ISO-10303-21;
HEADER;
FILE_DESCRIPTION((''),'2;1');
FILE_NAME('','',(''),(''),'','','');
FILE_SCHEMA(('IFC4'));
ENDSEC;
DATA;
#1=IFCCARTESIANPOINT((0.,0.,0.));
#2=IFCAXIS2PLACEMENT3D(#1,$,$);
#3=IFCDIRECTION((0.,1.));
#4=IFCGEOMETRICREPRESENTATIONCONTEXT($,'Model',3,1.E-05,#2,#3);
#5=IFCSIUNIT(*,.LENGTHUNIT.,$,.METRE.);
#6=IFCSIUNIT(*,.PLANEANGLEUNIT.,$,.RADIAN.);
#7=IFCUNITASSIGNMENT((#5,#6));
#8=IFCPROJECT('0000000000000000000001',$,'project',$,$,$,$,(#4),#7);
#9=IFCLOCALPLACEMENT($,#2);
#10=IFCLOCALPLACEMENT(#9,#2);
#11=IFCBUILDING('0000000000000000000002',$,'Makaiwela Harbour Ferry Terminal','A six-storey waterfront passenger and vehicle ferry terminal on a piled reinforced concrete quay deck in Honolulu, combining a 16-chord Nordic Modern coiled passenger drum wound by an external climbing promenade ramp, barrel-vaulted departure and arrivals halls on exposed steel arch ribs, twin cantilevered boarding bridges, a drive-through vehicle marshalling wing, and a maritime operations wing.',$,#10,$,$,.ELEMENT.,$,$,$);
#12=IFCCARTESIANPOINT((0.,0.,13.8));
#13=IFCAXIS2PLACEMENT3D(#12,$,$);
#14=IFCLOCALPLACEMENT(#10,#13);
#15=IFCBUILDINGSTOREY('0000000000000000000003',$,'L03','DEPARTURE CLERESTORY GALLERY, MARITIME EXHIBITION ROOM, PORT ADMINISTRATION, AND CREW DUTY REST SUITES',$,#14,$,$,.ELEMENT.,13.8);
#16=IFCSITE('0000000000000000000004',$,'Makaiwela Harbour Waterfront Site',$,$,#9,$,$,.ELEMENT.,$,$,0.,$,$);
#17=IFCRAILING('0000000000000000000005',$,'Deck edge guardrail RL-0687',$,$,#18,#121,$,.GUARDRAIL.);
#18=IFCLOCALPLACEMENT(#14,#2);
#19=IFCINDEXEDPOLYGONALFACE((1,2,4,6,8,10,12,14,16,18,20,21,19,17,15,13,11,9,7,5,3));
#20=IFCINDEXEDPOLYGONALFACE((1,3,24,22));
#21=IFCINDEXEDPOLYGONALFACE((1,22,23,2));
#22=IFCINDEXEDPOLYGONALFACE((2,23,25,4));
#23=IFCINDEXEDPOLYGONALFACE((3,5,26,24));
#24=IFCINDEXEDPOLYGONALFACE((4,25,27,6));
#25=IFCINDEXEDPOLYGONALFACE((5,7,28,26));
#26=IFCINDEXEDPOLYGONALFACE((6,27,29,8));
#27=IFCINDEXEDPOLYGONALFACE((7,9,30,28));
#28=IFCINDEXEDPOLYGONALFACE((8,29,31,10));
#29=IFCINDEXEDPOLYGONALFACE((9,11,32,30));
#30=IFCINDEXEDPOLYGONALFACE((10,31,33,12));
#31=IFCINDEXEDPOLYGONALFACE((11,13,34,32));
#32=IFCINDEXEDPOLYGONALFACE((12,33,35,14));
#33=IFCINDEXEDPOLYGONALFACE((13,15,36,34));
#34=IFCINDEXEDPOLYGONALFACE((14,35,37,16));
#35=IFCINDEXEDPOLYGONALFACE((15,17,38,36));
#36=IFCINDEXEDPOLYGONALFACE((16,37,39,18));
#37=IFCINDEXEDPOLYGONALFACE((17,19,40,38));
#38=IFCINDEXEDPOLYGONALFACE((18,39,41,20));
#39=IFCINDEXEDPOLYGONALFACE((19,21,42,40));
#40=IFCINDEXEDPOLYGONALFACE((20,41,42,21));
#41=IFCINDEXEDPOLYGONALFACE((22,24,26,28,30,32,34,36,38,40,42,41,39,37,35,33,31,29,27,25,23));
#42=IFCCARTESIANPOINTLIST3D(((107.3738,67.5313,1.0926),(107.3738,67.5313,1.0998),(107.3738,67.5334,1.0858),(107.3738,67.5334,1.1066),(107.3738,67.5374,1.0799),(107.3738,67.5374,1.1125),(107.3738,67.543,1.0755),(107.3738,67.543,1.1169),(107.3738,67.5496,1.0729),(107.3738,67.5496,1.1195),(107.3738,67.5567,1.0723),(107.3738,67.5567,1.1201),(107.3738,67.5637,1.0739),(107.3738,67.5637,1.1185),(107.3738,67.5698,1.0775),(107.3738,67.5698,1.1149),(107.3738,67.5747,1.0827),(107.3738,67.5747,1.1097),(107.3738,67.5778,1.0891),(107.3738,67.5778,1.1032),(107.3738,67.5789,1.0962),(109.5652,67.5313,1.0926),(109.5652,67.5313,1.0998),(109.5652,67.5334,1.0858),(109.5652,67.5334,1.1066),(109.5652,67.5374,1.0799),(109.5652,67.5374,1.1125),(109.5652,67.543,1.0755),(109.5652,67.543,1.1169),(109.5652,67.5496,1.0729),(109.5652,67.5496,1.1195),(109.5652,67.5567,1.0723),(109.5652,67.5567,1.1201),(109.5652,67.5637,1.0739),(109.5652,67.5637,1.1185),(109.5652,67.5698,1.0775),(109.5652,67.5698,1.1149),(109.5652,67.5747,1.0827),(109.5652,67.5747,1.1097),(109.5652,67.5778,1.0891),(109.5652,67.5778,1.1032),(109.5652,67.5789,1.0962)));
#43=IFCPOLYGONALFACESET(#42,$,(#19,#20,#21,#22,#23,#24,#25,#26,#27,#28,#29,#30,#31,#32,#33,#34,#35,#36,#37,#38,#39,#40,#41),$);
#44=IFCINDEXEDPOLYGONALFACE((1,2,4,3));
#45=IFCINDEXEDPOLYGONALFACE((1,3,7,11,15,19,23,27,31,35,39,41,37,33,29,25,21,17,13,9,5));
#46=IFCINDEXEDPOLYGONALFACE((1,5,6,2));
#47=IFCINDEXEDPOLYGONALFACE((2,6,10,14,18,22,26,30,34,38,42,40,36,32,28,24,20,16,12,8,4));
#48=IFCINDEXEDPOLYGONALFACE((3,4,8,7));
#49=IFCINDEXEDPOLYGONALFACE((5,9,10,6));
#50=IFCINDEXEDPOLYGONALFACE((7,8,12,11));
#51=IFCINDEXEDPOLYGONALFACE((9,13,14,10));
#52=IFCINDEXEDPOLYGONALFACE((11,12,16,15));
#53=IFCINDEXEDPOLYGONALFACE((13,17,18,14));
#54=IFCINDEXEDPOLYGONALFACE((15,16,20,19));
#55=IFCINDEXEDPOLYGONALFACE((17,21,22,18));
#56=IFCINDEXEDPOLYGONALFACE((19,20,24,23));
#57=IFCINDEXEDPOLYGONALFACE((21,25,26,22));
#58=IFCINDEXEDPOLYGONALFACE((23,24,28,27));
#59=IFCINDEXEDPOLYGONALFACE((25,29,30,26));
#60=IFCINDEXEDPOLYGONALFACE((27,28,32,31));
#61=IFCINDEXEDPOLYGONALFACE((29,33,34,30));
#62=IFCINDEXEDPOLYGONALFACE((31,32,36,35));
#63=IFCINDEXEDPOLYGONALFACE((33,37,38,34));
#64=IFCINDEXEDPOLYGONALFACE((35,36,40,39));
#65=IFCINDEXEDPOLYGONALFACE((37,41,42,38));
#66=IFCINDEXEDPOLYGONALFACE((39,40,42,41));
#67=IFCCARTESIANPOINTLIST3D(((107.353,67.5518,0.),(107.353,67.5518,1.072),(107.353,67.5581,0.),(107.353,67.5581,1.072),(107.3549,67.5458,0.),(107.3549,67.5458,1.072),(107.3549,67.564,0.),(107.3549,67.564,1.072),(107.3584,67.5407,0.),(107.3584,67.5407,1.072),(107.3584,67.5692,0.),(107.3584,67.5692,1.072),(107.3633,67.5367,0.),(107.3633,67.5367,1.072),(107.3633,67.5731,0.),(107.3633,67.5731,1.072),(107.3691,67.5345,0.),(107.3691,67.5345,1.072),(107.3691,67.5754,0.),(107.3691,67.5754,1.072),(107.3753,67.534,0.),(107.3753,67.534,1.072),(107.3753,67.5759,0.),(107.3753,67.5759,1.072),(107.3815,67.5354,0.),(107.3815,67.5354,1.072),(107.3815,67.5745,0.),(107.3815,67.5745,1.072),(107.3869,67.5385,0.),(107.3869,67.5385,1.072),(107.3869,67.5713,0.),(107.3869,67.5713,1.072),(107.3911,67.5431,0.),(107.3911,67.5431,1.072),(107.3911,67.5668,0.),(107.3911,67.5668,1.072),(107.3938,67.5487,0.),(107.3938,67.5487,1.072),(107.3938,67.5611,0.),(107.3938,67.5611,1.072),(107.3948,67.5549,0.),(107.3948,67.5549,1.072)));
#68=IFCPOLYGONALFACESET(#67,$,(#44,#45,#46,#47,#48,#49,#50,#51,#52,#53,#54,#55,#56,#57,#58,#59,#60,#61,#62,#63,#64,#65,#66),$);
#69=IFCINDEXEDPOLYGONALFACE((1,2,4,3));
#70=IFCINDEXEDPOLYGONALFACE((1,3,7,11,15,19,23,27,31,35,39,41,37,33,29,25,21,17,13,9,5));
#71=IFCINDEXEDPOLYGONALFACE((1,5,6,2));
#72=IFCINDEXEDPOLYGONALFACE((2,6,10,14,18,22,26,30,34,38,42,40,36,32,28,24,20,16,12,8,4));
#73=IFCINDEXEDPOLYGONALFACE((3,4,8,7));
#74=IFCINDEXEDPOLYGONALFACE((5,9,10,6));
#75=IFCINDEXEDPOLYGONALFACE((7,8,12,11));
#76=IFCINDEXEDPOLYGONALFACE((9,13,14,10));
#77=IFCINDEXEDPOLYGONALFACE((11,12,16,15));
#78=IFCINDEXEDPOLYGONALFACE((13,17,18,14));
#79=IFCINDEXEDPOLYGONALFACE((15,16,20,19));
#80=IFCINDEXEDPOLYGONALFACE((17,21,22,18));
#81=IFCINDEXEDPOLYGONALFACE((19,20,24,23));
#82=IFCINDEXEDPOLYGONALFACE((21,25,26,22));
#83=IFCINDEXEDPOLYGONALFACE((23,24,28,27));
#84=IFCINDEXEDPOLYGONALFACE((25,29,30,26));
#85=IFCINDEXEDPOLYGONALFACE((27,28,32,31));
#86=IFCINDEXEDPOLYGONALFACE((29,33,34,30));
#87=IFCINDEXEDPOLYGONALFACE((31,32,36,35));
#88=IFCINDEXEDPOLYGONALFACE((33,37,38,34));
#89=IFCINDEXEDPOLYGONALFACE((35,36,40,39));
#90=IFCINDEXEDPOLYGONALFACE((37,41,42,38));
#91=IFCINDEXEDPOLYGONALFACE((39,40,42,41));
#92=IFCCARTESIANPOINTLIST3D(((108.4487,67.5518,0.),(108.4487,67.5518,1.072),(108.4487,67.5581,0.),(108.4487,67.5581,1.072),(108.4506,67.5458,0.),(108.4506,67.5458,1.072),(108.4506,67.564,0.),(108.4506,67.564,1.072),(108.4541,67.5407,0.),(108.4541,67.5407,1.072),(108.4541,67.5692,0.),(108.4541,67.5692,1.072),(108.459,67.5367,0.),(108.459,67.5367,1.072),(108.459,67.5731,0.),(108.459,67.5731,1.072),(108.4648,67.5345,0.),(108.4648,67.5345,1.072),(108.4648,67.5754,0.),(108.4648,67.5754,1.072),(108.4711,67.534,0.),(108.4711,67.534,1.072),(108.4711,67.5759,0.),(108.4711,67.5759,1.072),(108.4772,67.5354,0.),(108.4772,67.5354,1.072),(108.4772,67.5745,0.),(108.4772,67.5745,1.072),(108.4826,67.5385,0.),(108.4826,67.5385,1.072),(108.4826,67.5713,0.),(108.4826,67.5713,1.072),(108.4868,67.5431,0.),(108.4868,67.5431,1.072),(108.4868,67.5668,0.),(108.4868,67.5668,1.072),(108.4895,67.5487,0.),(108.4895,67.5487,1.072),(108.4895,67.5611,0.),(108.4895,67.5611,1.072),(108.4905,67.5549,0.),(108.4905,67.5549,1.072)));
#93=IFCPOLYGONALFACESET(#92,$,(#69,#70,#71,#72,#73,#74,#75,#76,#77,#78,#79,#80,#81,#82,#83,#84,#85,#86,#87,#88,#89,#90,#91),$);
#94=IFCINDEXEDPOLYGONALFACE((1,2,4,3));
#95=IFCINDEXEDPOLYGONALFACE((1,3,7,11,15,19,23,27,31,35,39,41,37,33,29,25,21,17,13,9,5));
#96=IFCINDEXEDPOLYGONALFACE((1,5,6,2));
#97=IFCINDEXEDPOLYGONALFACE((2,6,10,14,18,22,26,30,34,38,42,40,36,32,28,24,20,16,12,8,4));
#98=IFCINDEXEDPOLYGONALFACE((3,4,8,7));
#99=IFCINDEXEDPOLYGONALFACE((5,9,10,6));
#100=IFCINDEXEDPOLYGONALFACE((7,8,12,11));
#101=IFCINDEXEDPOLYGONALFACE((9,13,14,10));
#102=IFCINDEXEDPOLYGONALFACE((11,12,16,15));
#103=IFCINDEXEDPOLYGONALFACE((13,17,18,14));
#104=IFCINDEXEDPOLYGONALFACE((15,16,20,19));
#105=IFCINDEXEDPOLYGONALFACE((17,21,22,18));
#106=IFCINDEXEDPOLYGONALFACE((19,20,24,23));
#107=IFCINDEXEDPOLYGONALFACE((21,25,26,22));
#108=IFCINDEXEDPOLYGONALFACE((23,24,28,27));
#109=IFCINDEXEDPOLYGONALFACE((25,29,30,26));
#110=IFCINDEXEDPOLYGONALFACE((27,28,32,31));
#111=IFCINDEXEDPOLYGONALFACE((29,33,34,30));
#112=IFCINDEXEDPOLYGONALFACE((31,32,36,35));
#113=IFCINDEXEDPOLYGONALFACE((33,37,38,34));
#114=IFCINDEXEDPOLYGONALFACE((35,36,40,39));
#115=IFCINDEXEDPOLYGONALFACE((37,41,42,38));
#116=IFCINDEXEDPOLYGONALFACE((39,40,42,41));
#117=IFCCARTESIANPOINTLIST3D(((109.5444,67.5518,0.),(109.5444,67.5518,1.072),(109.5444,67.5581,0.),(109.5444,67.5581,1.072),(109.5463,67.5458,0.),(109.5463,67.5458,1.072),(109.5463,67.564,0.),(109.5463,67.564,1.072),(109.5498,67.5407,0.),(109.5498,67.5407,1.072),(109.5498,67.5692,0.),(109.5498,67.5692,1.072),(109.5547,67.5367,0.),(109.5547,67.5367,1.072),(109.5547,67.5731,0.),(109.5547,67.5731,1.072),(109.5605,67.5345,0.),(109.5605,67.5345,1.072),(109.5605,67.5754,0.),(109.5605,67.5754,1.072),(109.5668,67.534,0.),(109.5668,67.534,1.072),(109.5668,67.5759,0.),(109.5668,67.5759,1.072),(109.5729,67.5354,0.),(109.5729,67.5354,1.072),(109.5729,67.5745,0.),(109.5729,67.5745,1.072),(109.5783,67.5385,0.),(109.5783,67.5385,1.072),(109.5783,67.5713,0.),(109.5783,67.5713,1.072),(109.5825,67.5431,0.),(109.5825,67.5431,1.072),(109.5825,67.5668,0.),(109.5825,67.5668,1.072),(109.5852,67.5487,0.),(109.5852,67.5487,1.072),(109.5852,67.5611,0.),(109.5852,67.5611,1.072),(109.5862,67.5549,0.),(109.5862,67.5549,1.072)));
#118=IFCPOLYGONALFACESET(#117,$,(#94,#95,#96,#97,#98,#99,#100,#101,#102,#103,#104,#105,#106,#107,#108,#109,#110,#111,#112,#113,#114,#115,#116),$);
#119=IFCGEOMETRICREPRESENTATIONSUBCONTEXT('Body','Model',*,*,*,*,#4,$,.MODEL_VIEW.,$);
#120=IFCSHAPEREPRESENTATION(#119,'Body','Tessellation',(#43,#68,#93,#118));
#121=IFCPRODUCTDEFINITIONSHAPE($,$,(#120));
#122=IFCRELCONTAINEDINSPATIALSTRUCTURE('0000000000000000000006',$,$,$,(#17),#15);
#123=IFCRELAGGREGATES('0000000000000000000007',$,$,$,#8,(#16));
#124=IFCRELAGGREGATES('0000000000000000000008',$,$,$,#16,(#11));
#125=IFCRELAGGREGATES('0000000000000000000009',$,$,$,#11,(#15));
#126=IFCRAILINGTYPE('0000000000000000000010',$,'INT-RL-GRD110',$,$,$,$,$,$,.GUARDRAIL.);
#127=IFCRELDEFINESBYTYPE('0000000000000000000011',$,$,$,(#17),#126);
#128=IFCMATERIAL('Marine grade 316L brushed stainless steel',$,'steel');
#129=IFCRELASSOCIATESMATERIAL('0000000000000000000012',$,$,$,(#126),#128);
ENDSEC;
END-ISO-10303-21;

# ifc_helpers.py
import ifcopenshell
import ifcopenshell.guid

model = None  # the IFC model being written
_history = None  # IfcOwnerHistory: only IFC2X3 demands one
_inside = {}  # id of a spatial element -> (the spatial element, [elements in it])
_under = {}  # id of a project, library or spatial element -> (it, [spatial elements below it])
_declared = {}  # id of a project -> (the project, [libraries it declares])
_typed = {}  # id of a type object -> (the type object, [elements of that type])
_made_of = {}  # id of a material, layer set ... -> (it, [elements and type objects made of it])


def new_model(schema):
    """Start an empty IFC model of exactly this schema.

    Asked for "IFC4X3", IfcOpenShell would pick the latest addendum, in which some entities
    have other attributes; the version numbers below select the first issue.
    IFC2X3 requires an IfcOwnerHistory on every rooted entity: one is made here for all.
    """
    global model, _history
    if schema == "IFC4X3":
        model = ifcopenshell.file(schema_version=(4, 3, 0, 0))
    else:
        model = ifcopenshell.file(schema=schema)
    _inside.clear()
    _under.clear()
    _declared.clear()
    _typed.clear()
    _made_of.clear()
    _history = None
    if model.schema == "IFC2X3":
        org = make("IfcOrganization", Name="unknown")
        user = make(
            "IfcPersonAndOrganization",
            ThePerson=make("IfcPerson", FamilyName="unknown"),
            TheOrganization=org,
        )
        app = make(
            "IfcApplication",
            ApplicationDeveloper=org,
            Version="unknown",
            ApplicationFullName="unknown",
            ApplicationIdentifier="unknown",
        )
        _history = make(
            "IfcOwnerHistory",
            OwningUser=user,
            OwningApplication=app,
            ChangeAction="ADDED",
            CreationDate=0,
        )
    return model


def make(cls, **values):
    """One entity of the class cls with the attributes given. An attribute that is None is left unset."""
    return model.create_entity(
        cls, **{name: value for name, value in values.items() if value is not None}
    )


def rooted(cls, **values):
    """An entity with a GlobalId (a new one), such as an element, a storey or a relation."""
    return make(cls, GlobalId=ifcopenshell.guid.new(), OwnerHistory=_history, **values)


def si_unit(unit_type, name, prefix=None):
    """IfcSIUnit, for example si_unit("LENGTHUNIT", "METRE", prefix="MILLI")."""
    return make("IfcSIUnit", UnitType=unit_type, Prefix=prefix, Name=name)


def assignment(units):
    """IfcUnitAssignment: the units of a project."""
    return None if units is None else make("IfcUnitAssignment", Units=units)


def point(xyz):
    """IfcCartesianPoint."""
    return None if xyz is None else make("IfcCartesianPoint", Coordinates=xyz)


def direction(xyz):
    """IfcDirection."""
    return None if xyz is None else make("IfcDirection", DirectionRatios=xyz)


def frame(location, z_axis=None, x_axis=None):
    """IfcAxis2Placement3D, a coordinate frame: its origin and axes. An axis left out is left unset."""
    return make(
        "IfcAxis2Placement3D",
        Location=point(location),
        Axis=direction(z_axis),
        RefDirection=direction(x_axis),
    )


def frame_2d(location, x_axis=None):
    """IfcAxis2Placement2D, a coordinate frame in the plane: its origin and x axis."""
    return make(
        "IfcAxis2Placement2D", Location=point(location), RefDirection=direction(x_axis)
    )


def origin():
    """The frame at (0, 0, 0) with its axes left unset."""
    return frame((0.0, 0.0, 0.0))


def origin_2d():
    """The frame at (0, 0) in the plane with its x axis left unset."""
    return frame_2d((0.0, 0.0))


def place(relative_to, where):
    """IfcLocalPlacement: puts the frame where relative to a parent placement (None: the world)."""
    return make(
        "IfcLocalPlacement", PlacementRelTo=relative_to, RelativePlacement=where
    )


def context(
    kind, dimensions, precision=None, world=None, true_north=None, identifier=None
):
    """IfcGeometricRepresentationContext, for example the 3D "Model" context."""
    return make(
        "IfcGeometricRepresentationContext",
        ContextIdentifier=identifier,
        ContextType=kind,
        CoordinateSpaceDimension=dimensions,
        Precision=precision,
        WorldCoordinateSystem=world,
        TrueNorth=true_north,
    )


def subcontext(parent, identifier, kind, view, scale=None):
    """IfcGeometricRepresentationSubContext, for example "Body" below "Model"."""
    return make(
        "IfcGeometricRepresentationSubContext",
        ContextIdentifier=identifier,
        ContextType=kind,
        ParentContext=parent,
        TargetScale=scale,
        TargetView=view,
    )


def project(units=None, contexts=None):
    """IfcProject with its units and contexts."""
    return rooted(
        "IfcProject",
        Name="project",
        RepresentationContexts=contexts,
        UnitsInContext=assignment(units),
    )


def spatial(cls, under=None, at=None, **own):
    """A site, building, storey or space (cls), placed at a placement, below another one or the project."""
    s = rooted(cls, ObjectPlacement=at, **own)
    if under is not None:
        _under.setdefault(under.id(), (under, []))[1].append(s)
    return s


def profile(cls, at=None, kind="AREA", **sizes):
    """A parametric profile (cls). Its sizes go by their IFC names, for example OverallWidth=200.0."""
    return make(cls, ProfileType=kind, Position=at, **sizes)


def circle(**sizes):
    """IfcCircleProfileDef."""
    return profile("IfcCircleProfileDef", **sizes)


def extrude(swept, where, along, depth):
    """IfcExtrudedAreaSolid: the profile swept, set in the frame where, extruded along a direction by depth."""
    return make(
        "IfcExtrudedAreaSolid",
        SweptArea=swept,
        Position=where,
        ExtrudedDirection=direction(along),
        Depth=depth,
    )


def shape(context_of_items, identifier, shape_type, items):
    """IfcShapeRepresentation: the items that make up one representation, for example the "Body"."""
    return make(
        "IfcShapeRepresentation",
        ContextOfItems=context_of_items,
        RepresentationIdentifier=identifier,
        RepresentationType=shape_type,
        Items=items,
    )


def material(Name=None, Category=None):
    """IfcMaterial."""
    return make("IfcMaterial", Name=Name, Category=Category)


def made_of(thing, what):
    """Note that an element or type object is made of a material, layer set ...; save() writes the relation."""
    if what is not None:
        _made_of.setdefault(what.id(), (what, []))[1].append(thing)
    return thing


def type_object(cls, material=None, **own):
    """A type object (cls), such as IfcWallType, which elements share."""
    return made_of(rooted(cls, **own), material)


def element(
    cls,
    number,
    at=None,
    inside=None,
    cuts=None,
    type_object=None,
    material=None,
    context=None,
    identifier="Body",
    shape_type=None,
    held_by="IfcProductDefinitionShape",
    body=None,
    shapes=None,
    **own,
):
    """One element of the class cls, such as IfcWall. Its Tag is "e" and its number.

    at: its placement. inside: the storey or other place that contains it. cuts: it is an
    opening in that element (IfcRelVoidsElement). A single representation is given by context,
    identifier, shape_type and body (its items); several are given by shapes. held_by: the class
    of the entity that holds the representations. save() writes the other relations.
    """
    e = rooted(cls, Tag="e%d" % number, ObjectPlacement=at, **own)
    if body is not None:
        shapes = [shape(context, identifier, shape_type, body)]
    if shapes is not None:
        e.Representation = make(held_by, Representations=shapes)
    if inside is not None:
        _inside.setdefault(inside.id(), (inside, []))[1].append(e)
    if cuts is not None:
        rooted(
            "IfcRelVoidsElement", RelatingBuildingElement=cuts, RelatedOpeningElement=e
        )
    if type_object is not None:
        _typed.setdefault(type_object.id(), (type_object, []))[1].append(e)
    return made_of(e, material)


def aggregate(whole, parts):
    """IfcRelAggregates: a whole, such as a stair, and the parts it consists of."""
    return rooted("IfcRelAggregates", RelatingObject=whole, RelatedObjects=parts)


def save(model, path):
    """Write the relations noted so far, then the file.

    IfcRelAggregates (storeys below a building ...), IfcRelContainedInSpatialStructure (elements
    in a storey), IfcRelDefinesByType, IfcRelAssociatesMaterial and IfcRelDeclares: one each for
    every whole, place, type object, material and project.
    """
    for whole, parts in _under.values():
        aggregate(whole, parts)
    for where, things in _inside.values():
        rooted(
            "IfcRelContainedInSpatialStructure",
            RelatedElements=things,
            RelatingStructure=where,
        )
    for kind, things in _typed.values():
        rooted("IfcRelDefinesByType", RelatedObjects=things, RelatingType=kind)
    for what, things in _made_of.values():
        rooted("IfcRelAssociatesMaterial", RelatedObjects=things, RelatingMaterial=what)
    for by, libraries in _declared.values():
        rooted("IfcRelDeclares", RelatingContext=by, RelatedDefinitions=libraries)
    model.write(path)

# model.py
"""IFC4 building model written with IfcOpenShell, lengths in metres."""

from ifc_helpers import new_model, si_unit, direction, frame, origin, origin_2d, place, context, subcontext, project, spatial, circle, extrude, material, type_object, element, save


model = new_model("IFC4")

# Units and contexts
model_context = context("Model", 3, precision=1e-05, world=origin(), true_north=direction((0.0, 1.0)))
body_context = subcontext(model_context, "Body", "Model", "MODEL_VIEW")
ifc_project = project(units=[si_unit("LENGTHUNIT", "METRE"), si_unit("PLANEANGLEUNIT", "RADIAN")], contexts=[model_context])

# Site, building, storey
site_placement = place(None, origin())
site = spatial("IfcSite", under=ifc_project, at=site_placement, Name="Makaiwela Harbour Waterfront Site", CompositionType="ELEMENT", RefElevation=0.0)
building_placement = place(site_placement, origin())
building = spatial("IfcBuilding", under=site, at=building_placement, Name="Makaiwela Harbour Ferry Terminal", Description="A six-storey waterfront passenger and vehicle ferry terminal on a piled reinforced concrete quay deck in Honolulu, combining a 16-chord Nordic Modern coiled passenger drum wound by an external climbing promenade ramp, barrel-vaulted departure and arrivals halls on exposed steel arch ribs, twin cantilevered boarding bridges, a drive-through vehicle marshalling wing, and a maritime operations wing.", CompositionType="ELEMENT")
storey_placement = place(building_placement, frame((0.0, 0.0, 13.8)))
storey = spatial("IfcBuildingStorey", under=building, at=storey_placement, Name="L03", Description="DEPARTURE CLERESTORY GALLERY, MARITIME EXHIBITION ROOM, PORT ADMINISTRATION, AND CREW DUTY REST SUITES", CompositionType="ELEMENT", Elevation=13.8)

# Railing
ifc_material_1 = material(Name="Marine grade 316L brushed stainless steel", Category="steel")
railing_type = type_object("IfcRailingType", Name="INT-RL-GRD110", PredefinedType="GUARDRAIL", material=ifc_material_1)
railing_1_placement = place(storey_placement, frame((107.3738, 67.5549, 0.0)))
element("IfcRailing", 1, at=railing_1_placement, inside=storey, type_object=railing_type, Name="Deck edge guardrail RL-0687", PredefinedType="GUARDRAIL", context=body_context, shape_type="SweptSolid", body=[
    extrude(circle(Radius=0.0239, at=origin_2d()), frame((0.0, 0.0, 1.0962), z_axis=(1.0, 0.0, 0.0), x_axis=(0.0, 1.0, 0.0)), (0.0, 0.0, 1.0), 2.1914),
    extrude(circle(Radius=0.021, at=origin_2d()), origin(), (0.0, 0.0, 1.0), 1.072),
    extrude(circle(Radius=0.021, at=origin_2d()), frame((1.0957, 0.0, 0.0)), (0.0, 0.0, 1.0), 1.072),
    extrude(circle(Radius=0.021, at=origin_2d()), frame((2.1914, 0.0, 0.0)), (0.0, 0.0, 1.0), 1.072),
])

save(model, "model.ifc")
